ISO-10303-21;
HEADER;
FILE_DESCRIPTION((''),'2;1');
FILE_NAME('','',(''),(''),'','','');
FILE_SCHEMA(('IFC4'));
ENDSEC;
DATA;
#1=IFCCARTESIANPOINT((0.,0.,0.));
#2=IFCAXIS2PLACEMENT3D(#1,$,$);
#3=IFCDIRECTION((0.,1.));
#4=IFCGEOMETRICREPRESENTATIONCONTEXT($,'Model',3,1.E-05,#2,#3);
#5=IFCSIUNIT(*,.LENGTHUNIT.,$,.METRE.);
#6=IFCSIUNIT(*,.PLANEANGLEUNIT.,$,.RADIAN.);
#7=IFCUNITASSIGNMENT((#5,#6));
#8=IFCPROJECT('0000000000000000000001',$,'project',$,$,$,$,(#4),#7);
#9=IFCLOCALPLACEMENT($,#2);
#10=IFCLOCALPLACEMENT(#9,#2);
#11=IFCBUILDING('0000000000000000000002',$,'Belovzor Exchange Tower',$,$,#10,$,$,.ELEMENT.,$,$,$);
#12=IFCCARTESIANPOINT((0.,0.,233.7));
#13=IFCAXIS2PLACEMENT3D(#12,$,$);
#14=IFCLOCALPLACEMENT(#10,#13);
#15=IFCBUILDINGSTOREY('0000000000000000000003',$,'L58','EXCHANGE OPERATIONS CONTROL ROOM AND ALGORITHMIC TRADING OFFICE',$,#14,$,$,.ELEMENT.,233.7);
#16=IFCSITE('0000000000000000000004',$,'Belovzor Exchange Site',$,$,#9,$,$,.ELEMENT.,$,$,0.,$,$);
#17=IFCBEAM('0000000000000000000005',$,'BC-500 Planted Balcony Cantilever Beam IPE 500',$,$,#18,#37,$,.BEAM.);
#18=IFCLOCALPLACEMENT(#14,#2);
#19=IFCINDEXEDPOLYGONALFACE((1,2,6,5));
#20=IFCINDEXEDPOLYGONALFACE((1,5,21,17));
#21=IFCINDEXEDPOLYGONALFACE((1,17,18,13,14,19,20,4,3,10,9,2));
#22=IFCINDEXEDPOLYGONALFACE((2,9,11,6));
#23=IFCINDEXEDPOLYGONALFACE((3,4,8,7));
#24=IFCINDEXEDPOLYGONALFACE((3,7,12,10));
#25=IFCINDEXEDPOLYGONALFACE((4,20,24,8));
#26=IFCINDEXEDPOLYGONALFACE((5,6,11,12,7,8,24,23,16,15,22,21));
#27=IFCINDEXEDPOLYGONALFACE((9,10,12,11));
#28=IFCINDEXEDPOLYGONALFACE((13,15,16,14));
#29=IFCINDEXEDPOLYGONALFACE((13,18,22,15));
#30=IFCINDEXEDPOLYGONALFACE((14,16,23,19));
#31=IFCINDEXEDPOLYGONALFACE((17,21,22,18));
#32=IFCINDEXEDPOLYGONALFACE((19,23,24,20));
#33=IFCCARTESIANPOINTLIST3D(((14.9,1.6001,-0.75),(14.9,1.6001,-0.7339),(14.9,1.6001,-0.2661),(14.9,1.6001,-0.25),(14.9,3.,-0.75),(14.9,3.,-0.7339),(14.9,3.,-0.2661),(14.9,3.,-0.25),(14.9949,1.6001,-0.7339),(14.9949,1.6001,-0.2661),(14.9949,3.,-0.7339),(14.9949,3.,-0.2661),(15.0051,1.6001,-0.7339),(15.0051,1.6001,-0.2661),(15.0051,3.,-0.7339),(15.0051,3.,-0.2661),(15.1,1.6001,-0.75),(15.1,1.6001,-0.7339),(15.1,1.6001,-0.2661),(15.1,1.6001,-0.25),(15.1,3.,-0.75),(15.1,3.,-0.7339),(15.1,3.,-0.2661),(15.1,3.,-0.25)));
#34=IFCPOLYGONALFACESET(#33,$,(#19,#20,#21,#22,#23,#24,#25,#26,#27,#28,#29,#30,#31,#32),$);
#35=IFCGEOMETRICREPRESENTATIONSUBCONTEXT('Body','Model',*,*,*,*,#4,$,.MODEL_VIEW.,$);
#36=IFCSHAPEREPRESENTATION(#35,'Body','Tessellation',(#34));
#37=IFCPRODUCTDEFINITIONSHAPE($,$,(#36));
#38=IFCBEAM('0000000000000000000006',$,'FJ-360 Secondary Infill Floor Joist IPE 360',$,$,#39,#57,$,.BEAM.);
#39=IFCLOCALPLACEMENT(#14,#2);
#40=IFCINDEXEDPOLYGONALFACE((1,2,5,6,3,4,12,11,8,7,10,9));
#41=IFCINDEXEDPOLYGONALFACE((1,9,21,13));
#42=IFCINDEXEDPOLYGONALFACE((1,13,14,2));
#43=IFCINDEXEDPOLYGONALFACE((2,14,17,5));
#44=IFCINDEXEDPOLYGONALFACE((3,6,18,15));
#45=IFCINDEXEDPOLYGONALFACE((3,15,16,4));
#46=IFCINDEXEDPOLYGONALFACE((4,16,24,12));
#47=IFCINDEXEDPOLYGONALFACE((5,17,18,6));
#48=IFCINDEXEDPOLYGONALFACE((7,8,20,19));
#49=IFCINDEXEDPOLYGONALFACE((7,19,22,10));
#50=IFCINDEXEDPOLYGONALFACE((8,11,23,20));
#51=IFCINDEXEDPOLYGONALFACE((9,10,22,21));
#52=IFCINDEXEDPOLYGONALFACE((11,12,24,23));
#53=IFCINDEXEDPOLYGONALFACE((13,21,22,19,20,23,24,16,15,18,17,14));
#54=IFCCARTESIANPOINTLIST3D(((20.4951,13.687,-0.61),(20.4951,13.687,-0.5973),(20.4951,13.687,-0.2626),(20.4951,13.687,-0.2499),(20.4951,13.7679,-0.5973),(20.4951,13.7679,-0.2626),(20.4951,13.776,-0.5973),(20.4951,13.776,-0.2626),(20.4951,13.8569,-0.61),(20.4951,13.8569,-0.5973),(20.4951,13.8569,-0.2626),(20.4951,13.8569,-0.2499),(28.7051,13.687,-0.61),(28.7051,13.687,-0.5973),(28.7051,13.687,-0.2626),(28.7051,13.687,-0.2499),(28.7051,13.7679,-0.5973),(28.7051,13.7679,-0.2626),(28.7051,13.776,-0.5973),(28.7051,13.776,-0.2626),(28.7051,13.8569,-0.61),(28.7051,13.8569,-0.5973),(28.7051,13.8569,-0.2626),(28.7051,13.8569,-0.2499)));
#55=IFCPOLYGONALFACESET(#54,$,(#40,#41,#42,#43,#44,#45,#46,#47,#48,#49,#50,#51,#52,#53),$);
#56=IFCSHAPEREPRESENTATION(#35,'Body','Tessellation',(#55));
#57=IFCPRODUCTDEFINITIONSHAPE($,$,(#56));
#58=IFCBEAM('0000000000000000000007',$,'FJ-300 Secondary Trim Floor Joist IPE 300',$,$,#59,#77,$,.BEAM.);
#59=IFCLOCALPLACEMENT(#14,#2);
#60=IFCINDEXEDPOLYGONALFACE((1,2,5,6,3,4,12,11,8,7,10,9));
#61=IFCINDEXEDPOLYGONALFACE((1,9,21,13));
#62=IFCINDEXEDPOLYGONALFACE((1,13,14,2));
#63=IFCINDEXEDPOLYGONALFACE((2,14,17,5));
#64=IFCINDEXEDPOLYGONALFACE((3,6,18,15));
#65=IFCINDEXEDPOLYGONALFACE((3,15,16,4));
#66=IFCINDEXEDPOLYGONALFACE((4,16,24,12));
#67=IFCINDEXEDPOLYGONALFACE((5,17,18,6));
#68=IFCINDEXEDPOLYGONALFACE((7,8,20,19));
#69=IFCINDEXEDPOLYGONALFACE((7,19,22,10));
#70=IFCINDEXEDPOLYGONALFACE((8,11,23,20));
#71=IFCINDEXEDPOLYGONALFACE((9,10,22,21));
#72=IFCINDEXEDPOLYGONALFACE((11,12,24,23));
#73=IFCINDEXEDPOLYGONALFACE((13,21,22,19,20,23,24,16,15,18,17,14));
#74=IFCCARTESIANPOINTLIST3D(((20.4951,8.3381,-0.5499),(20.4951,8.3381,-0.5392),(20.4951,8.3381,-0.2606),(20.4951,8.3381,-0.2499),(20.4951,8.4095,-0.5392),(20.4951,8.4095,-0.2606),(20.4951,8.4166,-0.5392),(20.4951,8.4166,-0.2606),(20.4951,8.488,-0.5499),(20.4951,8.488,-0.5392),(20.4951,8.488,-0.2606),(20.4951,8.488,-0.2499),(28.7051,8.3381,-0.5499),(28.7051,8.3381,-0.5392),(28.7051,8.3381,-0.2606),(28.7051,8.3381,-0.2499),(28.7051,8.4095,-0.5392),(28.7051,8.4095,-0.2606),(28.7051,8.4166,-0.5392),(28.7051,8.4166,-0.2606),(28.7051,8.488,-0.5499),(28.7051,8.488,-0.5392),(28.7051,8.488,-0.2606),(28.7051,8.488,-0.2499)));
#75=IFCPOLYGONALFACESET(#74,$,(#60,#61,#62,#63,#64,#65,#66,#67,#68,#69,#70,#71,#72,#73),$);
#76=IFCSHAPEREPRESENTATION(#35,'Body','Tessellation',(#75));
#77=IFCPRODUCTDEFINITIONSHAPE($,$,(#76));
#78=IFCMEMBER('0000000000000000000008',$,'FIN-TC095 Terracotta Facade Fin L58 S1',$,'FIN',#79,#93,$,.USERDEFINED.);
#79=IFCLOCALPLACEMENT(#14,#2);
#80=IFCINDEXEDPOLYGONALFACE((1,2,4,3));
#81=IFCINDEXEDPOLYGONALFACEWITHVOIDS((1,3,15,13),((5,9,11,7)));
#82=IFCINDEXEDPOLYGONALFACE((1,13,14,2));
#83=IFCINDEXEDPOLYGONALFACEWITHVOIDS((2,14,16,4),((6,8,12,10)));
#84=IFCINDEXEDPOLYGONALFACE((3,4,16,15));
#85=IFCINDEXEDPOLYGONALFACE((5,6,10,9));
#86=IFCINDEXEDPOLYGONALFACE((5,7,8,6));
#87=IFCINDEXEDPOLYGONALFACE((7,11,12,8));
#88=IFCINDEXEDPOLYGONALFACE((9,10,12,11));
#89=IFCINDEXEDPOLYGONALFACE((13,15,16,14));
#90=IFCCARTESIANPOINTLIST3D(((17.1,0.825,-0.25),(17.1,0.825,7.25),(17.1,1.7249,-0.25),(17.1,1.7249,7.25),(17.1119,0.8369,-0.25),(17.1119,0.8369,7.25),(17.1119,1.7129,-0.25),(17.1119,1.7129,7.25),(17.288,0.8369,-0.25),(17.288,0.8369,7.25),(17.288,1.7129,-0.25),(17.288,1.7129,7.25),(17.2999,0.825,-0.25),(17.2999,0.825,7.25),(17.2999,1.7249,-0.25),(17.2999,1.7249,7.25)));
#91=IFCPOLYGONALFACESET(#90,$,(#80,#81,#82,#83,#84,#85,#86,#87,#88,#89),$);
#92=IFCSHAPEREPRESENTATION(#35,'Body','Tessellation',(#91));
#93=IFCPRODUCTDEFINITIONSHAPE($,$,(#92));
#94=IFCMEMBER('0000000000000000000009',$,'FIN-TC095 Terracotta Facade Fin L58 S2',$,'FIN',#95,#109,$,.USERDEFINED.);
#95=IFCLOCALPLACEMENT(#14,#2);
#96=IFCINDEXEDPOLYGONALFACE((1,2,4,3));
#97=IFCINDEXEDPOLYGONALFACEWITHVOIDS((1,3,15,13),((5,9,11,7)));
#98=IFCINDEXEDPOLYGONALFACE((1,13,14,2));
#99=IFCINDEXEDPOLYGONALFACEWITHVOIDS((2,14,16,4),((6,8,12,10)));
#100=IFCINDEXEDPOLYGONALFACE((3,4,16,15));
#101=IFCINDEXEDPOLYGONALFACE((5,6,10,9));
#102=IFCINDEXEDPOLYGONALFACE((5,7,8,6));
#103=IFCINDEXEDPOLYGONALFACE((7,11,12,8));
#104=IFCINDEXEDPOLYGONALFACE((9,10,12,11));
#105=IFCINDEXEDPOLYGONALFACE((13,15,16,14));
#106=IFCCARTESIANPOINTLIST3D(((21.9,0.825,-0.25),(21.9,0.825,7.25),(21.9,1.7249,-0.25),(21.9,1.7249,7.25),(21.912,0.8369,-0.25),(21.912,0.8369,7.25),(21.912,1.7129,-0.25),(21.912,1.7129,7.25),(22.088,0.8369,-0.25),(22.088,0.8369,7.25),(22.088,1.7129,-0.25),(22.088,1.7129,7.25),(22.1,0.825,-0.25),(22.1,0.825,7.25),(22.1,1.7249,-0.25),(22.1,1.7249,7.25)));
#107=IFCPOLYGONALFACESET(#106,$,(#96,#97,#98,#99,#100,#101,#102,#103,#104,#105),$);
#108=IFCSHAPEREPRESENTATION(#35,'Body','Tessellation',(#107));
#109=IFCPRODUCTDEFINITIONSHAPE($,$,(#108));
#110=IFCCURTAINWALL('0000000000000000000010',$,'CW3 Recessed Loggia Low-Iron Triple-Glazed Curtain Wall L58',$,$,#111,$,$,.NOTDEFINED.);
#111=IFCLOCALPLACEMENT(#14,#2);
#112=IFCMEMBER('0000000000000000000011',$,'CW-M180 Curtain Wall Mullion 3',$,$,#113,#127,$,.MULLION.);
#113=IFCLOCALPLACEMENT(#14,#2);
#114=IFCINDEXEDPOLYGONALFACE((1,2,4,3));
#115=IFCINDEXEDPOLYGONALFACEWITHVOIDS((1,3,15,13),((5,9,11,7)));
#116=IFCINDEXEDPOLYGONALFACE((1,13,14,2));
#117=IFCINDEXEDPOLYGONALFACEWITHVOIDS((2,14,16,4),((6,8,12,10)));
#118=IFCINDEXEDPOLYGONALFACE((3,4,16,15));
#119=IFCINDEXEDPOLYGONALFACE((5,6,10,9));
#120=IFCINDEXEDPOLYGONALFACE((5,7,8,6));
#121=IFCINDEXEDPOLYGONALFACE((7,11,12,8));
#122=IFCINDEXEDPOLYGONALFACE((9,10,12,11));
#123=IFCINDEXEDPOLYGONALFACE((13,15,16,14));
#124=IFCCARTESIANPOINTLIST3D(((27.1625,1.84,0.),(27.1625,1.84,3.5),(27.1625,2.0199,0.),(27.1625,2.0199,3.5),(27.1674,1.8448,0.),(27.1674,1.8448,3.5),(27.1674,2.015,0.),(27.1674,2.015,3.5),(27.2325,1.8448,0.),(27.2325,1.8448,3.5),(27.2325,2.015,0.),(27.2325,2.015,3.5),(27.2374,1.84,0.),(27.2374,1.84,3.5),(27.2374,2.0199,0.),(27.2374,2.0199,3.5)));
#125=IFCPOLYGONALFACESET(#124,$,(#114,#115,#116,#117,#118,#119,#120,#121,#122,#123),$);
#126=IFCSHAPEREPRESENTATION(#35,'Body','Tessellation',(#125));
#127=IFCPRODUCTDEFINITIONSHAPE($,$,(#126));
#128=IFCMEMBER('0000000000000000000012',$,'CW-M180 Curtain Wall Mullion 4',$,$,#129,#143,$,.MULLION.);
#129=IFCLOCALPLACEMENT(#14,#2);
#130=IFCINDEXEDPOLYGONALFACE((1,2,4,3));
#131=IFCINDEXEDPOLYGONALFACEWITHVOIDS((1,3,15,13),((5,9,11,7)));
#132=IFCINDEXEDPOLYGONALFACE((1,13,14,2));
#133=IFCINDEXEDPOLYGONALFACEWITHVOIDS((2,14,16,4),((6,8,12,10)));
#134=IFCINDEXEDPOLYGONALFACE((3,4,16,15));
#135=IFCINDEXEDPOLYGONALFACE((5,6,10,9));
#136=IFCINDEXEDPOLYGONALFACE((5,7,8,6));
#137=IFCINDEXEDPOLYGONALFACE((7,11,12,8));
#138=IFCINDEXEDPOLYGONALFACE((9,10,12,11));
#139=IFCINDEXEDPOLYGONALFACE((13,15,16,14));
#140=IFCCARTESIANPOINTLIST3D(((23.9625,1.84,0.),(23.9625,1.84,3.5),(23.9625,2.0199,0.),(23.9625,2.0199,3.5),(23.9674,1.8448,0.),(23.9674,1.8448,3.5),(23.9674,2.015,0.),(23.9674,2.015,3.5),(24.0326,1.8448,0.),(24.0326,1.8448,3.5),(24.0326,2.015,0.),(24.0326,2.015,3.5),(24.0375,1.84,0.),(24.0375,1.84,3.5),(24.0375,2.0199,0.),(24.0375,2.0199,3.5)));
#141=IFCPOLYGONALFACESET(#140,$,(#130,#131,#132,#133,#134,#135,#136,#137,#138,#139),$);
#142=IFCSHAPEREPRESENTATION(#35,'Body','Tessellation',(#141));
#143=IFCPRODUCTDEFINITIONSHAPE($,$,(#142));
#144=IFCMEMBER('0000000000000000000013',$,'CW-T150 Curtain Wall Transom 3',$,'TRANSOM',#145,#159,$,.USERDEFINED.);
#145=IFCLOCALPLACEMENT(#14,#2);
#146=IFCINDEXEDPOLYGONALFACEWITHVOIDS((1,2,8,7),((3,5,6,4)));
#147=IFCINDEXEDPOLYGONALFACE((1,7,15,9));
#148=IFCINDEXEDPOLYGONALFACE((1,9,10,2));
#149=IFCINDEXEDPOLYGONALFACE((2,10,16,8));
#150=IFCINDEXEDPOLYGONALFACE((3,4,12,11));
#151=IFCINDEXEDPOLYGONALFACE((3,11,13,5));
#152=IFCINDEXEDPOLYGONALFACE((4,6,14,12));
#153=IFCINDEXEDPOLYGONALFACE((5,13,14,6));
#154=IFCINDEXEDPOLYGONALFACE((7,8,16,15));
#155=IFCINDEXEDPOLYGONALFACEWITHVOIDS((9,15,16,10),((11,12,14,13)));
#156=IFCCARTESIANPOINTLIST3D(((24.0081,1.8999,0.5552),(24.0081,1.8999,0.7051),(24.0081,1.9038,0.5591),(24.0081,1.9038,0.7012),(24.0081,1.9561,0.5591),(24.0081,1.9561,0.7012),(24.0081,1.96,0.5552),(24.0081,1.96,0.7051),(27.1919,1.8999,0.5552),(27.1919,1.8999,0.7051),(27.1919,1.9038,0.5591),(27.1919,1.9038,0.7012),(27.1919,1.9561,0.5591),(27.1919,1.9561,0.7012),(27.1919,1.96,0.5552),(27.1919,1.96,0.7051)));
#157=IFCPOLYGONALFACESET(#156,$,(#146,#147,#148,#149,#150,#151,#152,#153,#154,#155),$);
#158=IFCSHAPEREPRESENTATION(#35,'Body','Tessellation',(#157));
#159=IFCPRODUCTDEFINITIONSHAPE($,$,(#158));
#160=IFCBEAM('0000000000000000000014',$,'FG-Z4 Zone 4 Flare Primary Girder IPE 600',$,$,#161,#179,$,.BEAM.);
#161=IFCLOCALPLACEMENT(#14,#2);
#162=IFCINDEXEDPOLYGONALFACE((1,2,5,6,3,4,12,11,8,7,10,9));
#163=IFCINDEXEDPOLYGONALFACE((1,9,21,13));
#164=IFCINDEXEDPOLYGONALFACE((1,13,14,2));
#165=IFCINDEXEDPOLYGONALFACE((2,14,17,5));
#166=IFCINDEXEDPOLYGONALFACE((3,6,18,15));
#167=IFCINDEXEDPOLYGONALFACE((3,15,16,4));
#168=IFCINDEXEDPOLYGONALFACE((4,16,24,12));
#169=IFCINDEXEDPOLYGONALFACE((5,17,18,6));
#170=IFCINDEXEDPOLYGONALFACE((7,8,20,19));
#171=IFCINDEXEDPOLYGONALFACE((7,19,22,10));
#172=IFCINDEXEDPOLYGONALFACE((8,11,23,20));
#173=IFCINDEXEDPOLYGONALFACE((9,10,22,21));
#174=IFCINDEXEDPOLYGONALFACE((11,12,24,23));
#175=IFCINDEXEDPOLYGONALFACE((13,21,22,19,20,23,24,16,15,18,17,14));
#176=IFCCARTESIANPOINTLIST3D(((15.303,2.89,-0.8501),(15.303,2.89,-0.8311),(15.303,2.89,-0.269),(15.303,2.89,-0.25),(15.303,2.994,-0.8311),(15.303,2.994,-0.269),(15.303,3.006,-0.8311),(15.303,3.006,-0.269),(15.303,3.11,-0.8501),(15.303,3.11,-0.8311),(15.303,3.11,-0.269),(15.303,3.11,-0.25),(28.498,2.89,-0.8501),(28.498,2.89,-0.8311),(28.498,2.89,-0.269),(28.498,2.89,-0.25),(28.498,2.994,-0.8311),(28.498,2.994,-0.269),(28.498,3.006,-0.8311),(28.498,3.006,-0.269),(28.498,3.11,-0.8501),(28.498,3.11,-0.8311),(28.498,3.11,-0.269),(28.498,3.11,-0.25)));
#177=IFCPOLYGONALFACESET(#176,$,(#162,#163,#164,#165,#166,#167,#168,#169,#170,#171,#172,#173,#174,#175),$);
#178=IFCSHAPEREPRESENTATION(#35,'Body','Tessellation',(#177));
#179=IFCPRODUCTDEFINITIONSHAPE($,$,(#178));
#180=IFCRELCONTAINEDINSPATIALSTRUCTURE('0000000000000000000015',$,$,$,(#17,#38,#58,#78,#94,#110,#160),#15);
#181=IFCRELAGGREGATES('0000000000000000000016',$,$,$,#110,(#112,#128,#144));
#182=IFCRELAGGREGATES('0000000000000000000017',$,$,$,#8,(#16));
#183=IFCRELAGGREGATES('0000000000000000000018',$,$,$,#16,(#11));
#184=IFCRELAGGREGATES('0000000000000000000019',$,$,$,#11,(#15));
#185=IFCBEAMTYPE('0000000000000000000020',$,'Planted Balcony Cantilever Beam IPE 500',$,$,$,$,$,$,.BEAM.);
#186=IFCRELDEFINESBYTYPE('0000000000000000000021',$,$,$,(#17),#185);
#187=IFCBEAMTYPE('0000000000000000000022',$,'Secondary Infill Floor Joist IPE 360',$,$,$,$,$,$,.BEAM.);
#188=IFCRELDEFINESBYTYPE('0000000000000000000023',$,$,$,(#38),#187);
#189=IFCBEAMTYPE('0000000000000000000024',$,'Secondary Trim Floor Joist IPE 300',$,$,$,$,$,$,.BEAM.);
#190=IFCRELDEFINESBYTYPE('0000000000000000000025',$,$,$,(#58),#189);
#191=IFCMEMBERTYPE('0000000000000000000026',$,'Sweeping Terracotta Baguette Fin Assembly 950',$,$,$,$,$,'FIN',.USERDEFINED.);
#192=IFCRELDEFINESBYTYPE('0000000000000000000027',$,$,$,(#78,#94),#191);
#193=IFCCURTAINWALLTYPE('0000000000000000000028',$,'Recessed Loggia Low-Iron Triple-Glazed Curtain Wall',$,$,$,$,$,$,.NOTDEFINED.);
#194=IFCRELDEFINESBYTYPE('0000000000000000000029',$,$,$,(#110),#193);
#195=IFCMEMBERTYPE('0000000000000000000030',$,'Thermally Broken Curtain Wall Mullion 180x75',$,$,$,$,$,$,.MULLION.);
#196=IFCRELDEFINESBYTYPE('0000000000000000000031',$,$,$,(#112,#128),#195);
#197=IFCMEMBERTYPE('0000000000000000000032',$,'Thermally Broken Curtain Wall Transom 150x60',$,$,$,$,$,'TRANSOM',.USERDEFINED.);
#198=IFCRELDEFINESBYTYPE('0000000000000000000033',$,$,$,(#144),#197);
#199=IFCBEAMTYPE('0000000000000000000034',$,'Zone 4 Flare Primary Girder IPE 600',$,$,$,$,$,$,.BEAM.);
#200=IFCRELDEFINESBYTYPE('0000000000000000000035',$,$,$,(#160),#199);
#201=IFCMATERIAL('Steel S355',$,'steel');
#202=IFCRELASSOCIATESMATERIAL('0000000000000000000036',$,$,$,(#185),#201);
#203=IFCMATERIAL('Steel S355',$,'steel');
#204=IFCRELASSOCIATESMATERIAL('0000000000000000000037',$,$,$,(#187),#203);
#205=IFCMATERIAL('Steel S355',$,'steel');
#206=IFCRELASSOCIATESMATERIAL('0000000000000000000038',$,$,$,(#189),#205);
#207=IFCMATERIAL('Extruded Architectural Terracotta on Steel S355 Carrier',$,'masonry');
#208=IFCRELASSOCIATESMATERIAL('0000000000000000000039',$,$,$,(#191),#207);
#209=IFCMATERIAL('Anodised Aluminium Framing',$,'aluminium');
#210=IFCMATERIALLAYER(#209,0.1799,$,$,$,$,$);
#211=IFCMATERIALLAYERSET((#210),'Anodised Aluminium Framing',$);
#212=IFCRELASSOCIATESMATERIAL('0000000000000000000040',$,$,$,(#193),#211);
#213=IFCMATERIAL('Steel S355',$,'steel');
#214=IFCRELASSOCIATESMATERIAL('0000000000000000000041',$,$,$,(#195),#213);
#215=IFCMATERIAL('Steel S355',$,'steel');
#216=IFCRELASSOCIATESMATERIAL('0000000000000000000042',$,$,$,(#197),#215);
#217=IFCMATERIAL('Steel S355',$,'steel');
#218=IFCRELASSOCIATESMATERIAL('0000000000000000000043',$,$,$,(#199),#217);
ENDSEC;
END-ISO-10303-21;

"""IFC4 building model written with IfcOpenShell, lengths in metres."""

from ifc_helpers import new_model, si_unit, direction, frame, origin, origin_2d, place, context, subcontext, project, spatial, hollow_rectangle, i_section, extrude, material, layer, layer_set, material_profile, profile_set, type_object, element, aggregate, save


model = new_model("IFC4")

# Units and contexts
model_context = context("Model", 3, precision=1e-05, world=origin(), true_north=direction((0.0, 1.0)))
body_context = subcontext(model_context, "Body", "Model", "MODEL_VIEW")
ifc_project = project(units=[si_unit("LENGTHUNIT", "METRE"), si_unit("PLANEANGLEUNIT", "RADIAN")], contexts=[model_context])

# Site, building, storey
site_placement = place(None, origin())
site = spatial("IfcSite", under=ifc_project, at=site_placement, Name="Belovzor Exchange Site", CompositionType="ELEMENT", RefElevation=0.0)
building_placement = place(site_placement, origin())
building = spatial("IfcBuilding", under=site, at=building_placement, Name="Belovzor Exchange Tower", CompositionType="ELEMENT")
storey_placement = place(building_placement, frame((0.0, 0.0, 233.7)))
storey = spatial("IfcBuildingStorey", under=building, at=storey_placement, Name="L58", Description="EXCHANGE OPERATIONS CONTROL ROOM AND ALGORITHMIC TRADING OFFICE", CompositionType="ELEMENT", Elevation=233.7)

# Beams
ifc_material_1 = material(Name="Steel S355", Category="steel")
ifc_material_profile_1 = material_profile(ifc_material_1, i_section(OverallWidth=0.2, OverallDepth=0.5, WebThickness=0.0103, FlangeThickness=0.0161, at=origin_2d()))
ifc_profile_set_1 = profile_set([ifc_material_profile_1], Name="Steel S355")
beam_type_1 = type_object("IfcBeamType", Name="Planted Balcony Cantilever Beam IPE 500", PredefinedType="BEAM", material=ifc_profile_set_1)
beam_1_placement = place(storey_placement, frame((15.0, 3.0, -0.5), z_axis=(0.0, -1.0, 0.0), x_axis=(1.0, 0.0, 0.0)))
element("IfcBeam", 1, at=beam_1_placement, inside=storey, type_object=beam_type_1, Name="BC-500 Planted Balcony Cantilever Beam IPE 500", PredefinedType="BEAM", context=body_context, shape_type="SweptSolid", body=[
    extrude(i_section(OverallWidth=0.2, OverallDepth=0.5, WebThickness=0.0103, FlangeThickness=0.0161, at=origin_2d()), origin(), (0.0, 0.0, 1.0), 1.3999),
])
ifc_material_2 = material(Name="Steel S355", Category="steel")
ifc_material_profile_2 = material_profile(ifc_material_2, i_section(OverallWidth=0.1699, OverallDepth=0.3601, WebThickness=0.0081, FlangeThickness=0.0127, at=origin_2d()))
ifc_profile_set_2 = profile_set([ifc_material_profile_2], Name="Steel S355")
beam_type_2 = type_object("IfcBeamType", Name="Secondary Infill Floor Joist IPE 360", PredefinedType="BEAM", material=ifc_profile_set_2)
beam_2_placement = place(storey_placement, frame((20.4951, 13.772, -0.4299), z_axis=(1.0, 0.0, 0.0), x_axis=(0.0, 1.0, 0.0)))
element("IfcBeam", 2, at=beam_2_placement, inside=storey, type_object=beam_type_2, Name="FJ-360 Secondary Infill Floor Joist IPE 360", PredefinedType="BEAM", context=body_context, shape_type="SweptSolid", body=[
    extrude(i_section(OverallWidth=0.1699, OverallDepth=0.3601, WebThickness=0.0081, FlangeThickness=0.0127, at=origin_2d()), origin(), (0.0, 0.0, 1.0), 8.21),
])
ifc_material_3 = material(Name="Steel S355", Category="steel")
ifc_material_profile_3 = material_profile(ifc_material_3, i_section(OverallWidth=0.1499, OverallDepth=0.3, WebThickness=0.0071, FlangeThickness=0.0107, at=origin_2d()))
ifc_profile_set_3 = profile_set([ifc_material_profile_3], Name="Steel S355")
beam_type_3 = type_object("IfcBeamType", Name="Secondary Trim Floor Joist IPE 300", PredefinedType="BEAM", material=ifc_profile_set_3)
beam_3_placement = place(storey_placement, frame((20.4951, 8.4131, -0.3999), z_axis=(1.0, 0.0, 0.0), x_axis=(0.0, 1.0, 0.0)))
element("IfcBeam", 3, at=beam_3_placement, inside=storey, type_object=beam_type_3, Name="FJ-300 Secondary Trim Floor Joist IPE 300", PredefinedType="BEAM", context=body_context, shape_type="SweptSolid", body=[
    extrude(i_section(OverallWidth=0.1499, OverallDepth=0.3, WebThickness=0.0071, FlangeThickness=0.0107, at=origin_2d()), origin(), (0.0, 0.0, 1.0), 8.21),
])

# Members
ifc_material_4 = material(Name="Extruded Architectural Terracotta on Steel S355 Carrier", Category="masonry")
ifc_material_profile_4 = material_profile(ifc_material_4, hollow_rectangle(XDim=0.2, YDim=0.8999, WallThickness=0.012, at=origin_2d()))
ifc_profile_set_4 = profile_set([ifc_material_profile_4], Name="Extruded Architectural Terracotta on Steel S355 Carrier")
member_type_1 = type_object("IfcMemberType", Name="Sweeping Terracotta Baguette Fin Assembly 950", ElementType="FIN", PredefinedType="USERDEFINED", material=ifc_profile_set_4)
for number, where, z_axis, x_axis, name in (
    (4, (17.2, 1.2749, -0.25), (0.0, 0.0, 1.0), (1.0, 0.0, 0.0), "FIN-TC095 Terracotta Facade Fin L58 S1"),
    (5, (22.0, 1.2749, -0.25), (0.0, 0.0, 1.0), (1.0, 0.0, 0.0), "FIN-TC095 Terracotta Facade Fin L58 S2"),
):
    element("IfcMember", number, at=place(storey_placement, frame(where, z_axis=z_axis, x_axis=x_axis)), inside=storey, type_object=member_type_1, Name=name, ObjectType="FIN", PredefinedType="USERDEFINED", context=body_context, shape_type="SweptSolid", body=[
        extrude(hollow_rectangle(XDim=0.2, YDim=0.8999, WallThickness=0.012, at=origin_2d()), origin(), (0.0, 0.0, 1.0), 7.5),
    ])

# Curtain wall, members
ifc_material_5 = material(Name="Anodised Aluminium Framing", Category="aluminium")
ifc_layer_1 = layer(ifc_material_5, 0.1799)
ifc_layer_set_1 = layer_set([ifc_layer_1], Name="Anodised Aluminium Framing")
curtain_wall_type = type_object("IfcCurtainWallType", Name="Recessed Loggia Low-Iron Triple-Glazed Curtain Wall", PredefinedType="NOTDEFINED", material=ifc_layer_set_1)
curtain_wall_placement = place(storey_placement, origin())
curtain_wall = element("IfcCurtainWall", 6, at=curtain_wall_placement, inside=storey, type_object=curtain_wall_type, Name="CW3 Recessed Loggia Low-Iron Triple-Glazed Curtain Wall L58", PredefinedType="NOTDEFINED")
ifc_material_6 = material(Name="Steel S355", Category="steel")
ifc_material_profile_5 = material_profile(ifc_material_6, hollow_rectangle(XDim=0.075, YDim=0.1799, WallThickness=0.0049, at=origin_2d()))
ifc_profile_set_5 = profile_set([ifc_material_profile_5], Name="Steel S355")
member_type_2 = type_object("IfcMemberType", Name="Thermally Broken Curtain Wall Mullion 180x75", PredefinedType="MULLION", material=ifc_profile_set_5)
member_1_placement = place(storey_placement, frame((27.2, 1.9299, 0.0), z_axis=(0.0, 0.0, 1.0), x_axis=(-1.0, 0.0, 0.0)))
member_1 = element("IfcMember", 7, at=member_1_placement, type_object=member_type_2, Name="CW-M180 Curtain Wall Mullion 3", PredefinedType="MULLION", context=body_context, shape_type="SweptSolid", body=[
    extrude(hollow_rectangle(XDim=0.075, YDim=0.1799, WallThickness=0.0049, at=origin_2d()), origin(), (0.0, 0.0, 1.0), 3.5),
])
member_2_placement = place(storey_placement, frame((24.0, 1.9299, 0.0), z_axis=(0.0, 0.0, 1.0), x_axis=(-1.0, 0.0, 0.0)))
member_2 = element("IfcMember", 8, at=member_2_placement, type_object=member_type_2, Name="CW-M180 Curtain Wall Mullion 4", PredefinedType="MULLION", context=body_context, shape_type="SweptSolid", body=[
    extrude(hollow_rectangle(XDim=0.075, YDim=0.1799, WallThickness=0.0049, at=origin_2d()), origin(), (0.0, 0.0, 1.0), 3.5),
])
ifc_material_7 = material(Name="Steel S355", Category="steel")
ifc_material_profile_6 = material_profile(ifc_material_7, hollow_rectangle(XDim=0.0601, YDim=0.1499, WallThickness=0.0039, at=origin_2d()))
ifc_profile_set_6 = profile_set([ifc_material_profile_6], Name="Steel S355")
member_type_3 = type_object("IfcMemberType", Name="Thermally Broken Curtain Wall Transom 150x60", ElementType="TRANSOM", PredefinedType="USERDEFINED", material=ifc_profile_set_6)
member_3_placement = place(storey_placement, frame((27.1919, 1.9299, 0.6301), z_axis=(-1.0, 0.0, 0.0), x_axis=(0.0, -1.0, 0.0)))
member_3 = element("IfcMember", 9, at=member_3_placement, type_object=member_type_3, Name="CW-T150 Curtain Wall Transom 3", ObjectType="TRANSOM", PredefinedType="USERDEFINED", context=body_context, shape_type="SweptSolid", body=[
    extrude(hollow_rectangle(XDim=0.0601, YDim=0.1499, WallThickness=0.0039, at=origin_2d()), origin(), (0.0, 0.0, 1.0), 3.1838),
])

# Beam
ifc_material_8 = material(Name="Steel S355", Category="steel")
ifc_material_profile_7 = material_profile(ifc_material_8, i_section(OverallWidth=0.22, OverallDepth=0.6001, WebThickness=0.012, FlangeThickness=0.019, at=origin_2d()))
ifc_profile_set_7 = profile_set([ifc_material_profile_7], Name="Steel S355")
beam_type_4 = type_object("IfcBeamType", Name="Zone 4 Flare Primary Girder IPE 600", PredefinedType="BEAM", material=ifc_profile_set_7)
beam_4_placement = place(storey_placement, frame((15.303, 3.0, -0.55), z_axis=(1.0, 0.0, 0.0), x_axis=(0.0, 1.0, 0.0)))
element("IfcBeam", 10, at=beam_4_placement, inside=storey, type_object=beam_type_4, Name="FG-Z4 Zone 4 Flare Primary Girder IPE 600", PredefinedType="BEAM", context=body_context, shape_type="SweptSolid", body=[
    extrude(i_section(OverallWidth=0.22, OverallDepth=0.6001, WebThickness=0.012, FlangeThickness=0.019, at=origin_2d()), origin(), (0.0, 0.0, 1.0), 13.1951),
])

aggregate(curtain_wall, [member_1, member_2, member_3])

save(model, "model.ifc")
